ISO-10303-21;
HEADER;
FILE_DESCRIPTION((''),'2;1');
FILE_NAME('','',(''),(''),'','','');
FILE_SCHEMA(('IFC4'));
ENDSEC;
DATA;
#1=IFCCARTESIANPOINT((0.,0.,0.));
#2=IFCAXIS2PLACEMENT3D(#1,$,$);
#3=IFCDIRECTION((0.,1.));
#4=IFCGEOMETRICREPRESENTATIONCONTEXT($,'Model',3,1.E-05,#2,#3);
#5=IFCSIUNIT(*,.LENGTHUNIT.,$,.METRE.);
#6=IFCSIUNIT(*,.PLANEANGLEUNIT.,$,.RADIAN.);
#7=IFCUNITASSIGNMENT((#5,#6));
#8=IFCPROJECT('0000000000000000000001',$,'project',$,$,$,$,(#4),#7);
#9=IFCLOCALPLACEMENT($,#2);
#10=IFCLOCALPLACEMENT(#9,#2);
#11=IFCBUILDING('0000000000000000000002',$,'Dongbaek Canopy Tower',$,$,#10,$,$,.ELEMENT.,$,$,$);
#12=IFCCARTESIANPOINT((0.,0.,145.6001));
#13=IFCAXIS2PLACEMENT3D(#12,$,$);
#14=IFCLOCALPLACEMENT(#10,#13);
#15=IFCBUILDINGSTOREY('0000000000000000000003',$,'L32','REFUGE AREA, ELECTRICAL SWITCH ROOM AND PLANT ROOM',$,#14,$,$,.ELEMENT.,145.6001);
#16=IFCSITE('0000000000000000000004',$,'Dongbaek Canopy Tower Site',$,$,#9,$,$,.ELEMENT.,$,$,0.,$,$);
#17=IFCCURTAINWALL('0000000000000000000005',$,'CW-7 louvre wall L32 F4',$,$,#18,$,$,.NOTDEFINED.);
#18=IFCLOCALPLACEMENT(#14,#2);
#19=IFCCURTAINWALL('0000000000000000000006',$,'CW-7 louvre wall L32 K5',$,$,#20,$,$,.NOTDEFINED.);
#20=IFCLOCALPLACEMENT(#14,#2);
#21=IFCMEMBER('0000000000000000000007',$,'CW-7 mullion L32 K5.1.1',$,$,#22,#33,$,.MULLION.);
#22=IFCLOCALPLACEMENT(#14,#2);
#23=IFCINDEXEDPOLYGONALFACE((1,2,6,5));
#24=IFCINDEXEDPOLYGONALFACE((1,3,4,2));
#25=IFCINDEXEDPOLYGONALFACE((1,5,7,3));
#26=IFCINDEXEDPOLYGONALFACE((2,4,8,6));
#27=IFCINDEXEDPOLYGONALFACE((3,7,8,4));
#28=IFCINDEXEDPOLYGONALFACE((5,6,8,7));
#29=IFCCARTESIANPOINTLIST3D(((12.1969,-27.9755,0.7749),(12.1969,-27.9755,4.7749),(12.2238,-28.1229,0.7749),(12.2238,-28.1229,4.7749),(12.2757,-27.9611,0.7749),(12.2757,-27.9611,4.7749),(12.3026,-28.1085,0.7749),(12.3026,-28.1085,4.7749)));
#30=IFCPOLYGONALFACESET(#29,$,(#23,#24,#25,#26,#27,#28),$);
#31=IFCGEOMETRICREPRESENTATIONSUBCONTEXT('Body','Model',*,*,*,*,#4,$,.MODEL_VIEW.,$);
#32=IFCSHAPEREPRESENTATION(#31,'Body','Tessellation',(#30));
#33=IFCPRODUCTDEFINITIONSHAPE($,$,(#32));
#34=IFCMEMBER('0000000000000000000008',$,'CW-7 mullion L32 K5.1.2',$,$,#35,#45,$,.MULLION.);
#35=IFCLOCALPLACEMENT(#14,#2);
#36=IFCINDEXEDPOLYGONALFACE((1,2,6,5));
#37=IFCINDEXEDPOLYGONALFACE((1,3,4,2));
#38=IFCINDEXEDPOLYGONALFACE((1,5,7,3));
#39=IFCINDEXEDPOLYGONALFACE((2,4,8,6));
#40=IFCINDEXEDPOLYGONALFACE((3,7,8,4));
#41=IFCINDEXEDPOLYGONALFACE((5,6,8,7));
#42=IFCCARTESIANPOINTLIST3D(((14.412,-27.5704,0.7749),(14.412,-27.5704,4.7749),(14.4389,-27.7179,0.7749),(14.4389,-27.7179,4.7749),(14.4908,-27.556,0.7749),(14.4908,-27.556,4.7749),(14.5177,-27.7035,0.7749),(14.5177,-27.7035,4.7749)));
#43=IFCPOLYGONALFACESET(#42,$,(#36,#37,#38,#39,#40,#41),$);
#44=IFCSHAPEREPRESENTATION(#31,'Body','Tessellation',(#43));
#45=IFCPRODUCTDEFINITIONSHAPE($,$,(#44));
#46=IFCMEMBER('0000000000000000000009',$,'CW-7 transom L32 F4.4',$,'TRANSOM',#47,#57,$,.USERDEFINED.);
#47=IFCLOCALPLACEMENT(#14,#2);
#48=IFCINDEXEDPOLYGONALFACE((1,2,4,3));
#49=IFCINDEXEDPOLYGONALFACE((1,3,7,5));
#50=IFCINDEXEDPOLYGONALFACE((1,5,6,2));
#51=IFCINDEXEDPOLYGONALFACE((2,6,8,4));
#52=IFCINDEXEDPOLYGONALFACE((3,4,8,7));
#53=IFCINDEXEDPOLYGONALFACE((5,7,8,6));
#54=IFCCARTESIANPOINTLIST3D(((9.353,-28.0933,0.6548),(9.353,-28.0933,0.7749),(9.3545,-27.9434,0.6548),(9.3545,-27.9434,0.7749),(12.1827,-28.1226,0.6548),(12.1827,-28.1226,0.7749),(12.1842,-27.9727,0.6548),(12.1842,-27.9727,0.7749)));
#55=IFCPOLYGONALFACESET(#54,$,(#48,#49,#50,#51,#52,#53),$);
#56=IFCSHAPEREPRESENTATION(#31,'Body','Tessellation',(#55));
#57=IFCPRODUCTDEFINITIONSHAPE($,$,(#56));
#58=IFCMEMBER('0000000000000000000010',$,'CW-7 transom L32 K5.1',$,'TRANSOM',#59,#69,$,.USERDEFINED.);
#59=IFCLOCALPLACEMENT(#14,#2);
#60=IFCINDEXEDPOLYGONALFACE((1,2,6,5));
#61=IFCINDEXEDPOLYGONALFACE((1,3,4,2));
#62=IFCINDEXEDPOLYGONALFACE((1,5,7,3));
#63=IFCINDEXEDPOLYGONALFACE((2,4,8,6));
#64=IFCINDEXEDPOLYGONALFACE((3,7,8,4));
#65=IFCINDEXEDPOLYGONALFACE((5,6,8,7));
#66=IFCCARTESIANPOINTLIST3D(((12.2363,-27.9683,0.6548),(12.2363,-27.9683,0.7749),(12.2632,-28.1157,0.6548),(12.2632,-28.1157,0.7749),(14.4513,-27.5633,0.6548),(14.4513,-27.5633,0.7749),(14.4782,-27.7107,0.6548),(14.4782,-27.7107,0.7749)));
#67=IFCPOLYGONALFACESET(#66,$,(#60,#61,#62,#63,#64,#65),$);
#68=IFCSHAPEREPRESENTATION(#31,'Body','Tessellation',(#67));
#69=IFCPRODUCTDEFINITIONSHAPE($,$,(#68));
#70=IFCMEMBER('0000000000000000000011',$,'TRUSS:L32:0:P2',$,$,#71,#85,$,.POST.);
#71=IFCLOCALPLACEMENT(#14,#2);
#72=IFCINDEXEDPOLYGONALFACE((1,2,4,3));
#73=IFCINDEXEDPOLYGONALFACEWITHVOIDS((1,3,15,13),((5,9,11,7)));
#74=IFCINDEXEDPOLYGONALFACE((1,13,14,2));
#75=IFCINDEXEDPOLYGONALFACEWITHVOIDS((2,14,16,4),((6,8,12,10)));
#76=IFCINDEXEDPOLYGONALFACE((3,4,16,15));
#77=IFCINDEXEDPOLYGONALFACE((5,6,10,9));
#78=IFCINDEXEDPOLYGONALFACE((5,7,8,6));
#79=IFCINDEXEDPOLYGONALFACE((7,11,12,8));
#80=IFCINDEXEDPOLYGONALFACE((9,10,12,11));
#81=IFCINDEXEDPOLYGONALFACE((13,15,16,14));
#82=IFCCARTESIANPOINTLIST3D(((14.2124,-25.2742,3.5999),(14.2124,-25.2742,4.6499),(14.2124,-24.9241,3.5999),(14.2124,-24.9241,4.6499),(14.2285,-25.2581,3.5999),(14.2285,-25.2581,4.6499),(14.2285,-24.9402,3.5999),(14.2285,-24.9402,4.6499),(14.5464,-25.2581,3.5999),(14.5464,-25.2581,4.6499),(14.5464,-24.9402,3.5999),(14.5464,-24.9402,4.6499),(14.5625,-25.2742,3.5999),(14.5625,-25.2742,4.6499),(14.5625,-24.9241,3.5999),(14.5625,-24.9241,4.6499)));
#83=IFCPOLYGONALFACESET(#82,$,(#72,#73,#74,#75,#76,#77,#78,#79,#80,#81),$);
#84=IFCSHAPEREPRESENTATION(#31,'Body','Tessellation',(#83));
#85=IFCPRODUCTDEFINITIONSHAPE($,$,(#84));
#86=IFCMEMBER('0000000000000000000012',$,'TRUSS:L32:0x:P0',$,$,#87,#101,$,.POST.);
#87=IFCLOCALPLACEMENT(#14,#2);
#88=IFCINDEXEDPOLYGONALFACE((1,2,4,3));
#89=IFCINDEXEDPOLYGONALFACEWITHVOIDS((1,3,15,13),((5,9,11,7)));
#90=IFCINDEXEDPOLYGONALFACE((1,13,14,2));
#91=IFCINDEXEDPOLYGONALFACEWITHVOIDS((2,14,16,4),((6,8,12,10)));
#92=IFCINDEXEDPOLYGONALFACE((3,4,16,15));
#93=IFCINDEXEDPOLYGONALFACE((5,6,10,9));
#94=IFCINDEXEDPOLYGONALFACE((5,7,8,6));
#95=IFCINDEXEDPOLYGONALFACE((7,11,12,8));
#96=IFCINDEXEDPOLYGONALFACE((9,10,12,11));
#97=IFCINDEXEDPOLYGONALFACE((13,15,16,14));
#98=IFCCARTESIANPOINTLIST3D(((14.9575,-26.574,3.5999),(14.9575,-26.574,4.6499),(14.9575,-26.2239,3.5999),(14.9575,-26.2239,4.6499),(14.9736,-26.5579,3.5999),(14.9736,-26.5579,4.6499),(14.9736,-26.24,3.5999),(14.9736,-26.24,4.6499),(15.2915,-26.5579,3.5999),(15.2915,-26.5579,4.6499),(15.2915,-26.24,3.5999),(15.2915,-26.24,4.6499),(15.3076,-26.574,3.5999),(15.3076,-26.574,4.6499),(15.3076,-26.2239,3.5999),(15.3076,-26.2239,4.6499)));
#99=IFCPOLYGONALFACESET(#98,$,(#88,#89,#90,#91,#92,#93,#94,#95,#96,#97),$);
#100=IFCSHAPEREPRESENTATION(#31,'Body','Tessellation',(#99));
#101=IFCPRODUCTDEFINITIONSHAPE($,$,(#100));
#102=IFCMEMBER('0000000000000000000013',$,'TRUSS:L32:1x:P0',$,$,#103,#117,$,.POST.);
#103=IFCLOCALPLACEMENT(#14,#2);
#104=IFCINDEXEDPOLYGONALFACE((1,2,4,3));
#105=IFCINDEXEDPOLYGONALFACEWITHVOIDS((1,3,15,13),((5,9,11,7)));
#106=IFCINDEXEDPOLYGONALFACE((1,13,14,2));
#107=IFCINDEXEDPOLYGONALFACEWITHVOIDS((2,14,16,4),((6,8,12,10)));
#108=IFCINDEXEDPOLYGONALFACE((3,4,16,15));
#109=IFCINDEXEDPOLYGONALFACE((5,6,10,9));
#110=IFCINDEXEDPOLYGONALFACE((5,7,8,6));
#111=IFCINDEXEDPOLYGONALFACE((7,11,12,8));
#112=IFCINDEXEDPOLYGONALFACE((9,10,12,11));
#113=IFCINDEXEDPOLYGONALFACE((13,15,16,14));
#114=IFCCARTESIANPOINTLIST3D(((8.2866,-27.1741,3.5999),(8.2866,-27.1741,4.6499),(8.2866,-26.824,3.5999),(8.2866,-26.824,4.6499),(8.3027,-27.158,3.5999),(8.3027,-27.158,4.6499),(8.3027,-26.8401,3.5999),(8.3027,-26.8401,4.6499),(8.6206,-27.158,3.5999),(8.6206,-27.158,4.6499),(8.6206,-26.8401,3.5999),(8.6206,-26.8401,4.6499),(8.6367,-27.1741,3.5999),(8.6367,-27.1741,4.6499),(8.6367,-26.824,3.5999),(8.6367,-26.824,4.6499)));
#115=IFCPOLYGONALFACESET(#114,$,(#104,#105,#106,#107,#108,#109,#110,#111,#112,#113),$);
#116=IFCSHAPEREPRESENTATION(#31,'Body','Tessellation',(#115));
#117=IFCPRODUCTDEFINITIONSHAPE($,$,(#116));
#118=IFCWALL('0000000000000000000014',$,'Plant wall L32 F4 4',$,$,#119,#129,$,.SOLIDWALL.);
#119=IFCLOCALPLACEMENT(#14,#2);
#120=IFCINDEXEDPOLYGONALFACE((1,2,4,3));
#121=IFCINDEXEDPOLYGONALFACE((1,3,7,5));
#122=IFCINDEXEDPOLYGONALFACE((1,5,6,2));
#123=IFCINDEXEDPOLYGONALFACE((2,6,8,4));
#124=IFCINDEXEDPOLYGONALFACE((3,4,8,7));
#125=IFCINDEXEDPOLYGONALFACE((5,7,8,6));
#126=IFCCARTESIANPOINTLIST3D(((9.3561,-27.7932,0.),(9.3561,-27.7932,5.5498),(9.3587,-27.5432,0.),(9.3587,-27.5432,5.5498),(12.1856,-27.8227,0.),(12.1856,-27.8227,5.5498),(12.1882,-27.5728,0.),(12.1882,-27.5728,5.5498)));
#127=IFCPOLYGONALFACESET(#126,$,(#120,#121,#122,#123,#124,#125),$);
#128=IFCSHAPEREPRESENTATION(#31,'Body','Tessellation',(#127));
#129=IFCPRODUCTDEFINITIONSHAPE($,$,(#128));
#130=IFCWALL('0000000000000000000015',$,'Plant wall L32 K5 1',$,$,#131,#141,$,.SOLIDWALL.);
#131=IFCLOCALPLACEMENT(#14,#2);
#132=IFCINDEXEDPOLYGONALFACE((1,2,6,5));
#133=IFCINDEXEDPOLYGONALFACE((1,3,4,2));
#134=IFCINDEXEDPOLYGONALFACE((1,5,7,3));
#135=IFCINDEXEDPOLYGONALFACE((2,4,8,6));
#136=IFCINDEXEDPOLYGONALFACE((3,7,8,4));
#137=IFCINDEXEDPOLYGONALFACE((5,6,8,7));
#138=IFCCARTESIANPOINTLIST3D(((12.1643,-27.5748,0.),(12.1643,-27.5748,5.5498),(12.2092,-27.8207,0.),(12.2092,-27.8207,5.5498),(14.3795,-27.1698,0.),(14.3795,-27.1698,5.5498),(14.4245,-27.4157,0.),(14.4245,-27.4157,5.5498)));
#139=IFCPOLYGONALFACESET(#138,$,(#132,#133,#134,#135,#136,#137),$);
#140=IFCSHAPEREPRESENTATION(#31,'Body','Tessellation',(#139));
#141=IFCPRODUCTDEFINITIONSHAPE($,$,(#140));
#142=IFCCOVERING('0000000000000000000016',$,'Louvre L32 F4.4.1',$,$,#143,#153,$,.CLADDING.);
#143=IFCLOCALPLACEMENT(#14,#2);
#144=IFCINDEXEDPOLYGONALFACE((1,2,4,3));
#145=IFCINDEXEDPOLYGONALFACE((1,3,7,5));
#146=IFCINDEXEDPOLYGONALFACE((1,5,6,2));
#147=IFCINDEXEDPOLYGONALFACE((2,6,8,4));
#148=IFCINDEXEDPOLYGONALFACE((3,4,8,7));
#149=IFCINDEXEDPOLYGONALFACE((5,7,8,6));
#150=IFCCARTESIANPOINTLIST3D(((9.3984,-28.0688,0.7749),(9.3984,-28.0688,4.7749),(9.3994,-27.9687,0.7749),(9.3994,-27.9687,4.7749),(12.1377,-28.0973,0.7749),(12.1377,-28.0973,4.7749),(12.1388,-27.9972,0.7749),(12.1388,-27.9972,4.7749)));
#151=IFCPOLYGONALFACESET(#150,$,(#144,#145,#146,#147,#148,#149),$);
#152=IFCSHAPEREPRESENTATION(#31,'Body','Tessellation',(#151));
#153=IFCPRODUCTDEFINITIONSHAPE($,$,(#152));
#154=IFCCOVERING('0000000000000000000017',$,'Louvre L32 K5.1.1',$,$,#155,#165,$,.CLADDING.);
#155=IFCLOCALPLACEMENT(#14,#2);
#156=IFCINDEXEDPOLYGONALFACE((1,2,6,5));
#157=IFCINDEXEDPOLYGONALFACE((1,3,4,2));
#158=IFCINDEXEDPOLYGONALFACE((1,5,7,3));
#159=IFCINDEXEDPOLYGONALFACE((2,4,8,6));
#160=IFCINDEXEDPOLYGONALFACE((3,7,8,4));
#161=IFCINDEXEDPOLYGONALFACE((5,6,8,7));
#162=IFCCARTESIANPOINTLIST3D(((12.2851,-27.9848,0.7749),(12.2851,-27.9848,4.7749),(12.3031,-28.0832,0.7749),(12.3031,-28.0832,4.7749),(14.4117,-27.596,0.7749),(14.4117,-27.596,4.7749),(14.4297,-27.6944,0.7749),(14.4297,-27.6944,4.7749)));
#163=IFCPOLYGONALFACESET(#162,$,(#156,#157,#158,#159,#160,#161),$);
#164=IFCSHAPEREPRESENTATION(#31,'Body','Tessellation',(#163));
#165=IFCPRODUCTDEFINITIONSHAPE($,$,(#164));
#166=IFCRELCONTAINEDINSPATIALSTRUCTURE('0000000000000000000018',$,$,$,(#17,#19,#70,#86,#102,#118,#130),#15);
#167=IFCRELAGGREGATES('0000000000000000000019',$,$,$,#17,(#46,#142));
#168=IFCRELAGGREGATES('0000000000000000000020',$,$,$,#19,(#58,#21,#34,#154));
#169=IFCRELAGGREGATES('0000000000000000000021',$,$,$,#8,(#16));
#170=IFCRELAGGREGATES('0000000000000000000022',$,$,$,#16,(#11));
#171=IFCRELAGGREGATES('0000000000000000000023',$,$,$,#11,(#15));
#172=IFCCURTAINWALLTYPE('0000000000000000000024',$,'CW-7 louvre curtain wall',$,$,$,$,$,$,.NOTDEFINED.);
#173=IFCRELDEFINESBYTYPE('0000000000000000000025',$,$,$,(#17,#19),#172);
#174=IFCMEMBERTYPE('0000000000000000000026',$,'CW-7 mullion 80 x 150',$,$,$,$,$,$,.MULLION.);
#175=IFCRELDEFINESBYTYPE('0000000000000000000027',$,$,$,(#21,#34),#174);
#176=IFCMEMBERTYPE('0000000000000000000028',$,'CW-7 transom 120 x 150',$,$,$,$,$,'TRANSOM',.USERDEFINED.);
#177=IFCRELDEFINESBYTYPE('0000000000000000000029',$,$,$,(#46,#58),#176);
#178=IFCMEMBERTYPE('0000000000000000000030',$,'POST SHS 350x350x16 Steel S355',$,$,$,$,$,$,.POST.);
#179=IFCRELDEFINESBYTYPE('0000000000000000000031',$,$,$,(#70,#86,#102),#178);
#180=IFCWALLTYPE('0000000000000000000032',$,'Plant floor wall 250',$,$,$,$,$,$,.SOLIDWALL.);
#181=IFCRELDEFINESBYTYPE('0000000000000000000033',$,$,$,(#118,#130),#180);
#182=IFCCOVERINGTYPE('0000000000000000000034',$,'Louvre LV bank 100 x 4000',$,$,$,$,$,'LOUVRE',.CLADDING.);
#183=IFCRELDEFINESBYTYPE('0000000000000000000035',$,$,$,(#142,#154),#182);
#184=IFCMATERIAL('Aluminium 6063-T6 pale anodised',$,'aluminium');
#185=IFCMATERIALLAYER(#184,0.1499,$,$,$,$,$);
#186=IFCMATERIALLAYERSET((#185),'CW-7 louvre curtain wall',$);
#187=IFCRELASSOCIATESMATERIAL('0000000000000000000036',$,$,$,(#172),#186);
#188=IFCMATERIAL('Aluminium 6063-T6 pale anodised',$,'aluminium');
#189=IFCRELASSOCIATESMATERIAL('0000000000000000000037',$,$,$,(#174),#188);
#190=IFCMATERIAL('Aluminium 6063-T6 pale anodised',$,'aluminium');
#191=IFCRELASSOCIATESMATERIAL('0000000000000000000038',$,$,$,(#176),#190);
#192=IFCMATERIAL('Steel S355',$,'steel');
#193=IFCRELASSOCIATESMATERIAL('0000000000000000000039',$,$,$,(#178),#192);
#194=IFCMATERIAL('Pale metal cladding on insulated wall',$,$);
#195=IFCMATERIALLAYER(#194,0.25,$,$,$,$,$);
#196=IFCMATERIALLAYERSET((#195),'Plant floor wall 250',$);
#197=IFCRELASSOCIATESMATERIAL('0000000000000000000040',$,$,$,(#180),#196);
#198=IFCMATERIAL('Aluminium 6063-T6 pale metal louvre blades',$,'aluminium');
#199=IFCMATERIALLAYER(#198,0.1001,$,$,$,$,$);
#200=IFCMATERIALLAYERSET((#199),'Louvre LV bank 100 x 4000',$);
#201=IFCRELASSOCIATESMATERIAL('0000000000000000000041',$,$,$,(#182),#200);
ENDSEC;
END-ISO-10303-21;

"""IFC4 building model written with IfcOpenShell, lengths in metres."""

from ifc_helpers import new_model, si_unit, direction, frame, frame_2d, origin, origin_2d, place, context, subcontext, project, spatial, rectangle, hollow_rectangle, extrude, material, layer, layer_set, material_profile, profile_set, type_object, element, aggregate, save


model = new_model("IFC4")

# Units and contexts
model_context = context("Model", 3, precision=1e-05, world=origin(), true_north=direction((0.0, 1.0)))
body_context = subcontext(model_context, "Body", "Model", "MODEL_VIEW")
ifc_project = project(units=[si_unit("LENGTHUNIT", "METRE"), si_unit("PLANEANGLEUNIT", "RADIAN")], contexts=[model_context])

# Site, building, storey
site_placement = place(None, origin())
site = spatial("IfcSite", under=ifc_project, at=site_placement, Name="Dongbaek Canopy Tower Site", CompositionType="ELEMENT", RefElevation=0.0)
building_placement = place(site_placement, origin())
building = spatial("IfcBuilding", under=site, at=building_placement, Name="Dongbaek Canopy Tower", CompositionType="ELEMENT")
storey_placement = place(building_placement, frame((0.0, 0.0, 145.6001)))
storey = spatial("IfcBuildingStorey", under=building, at=storey_placement, Name="L32", Description="REFUGE AREA, ELECTRICAL SWITCH ROOM AND PLANT ROOM", CompositionType="ELEMENT", Elevation=145.6001)

# Curtain walls, members
ifc_material_1 = material(Name="Aluminium 6063-T6 pale anodised", Category="aluminium")
ifc_layer_1 = layer(ifc_material_1, 0.1499)
ifc_layer_set_1 = layer_set([ifc_layer_1], Name="CW-7 louvre curtain wall")
curtain_wall_type = type_object("IfcCurtainWallType", Name="CW-7 louvre curtain wall", PredefinedType="NOTDEFINED", material=ifc_layer_set_1)
curtain_wall_1_placement = place(storey_placement, origin())
curtain_wall_1 = element("IfcCurtainWall", 1, at=curtain_wall_1_placement, inside=storey, type_object=curtain_wall_type, Name="CW-7 louvre wall L32 F4", PredefinedType="NOTDEFINED")
ifc_material_2 = material(Name="Aluminium 6063-T6 pale anodised", Category="aluminium")
ifc_material_profile_1 = material_profile(ifc_material_2, rectangle(XDim=0.1499, YDim=0.0801, at=origin_2d()), Name="CW-7 mullion 80 x 150")
ifc_profile_set_1 = profile_set([ifc_material_profile_1], Name="Aluminium 6063-T6 pale anodised")
member_type_1 = type_object("IfcMemberType", Name="CW-7 mullion 80 x 150", PredefinedType="MULLION", material=ifc_profile_set_1)
curtain_wall_2_placement = place(storey_placement, origin())
curtain_wall_2 = element("IfcCurtainWall", 2, at=curtain_wall_2_placement, inside=storey, type_object=curtain_wall_type, Name="CW-7 louvre wall L32 K5", PredefinedType="NOTDEFINED")
member_1_placement = place(storey_placement, frame((12.2498, -28.042, 0.7749), z_axis=(0.0, 0.0, 1.0), x_axis=(0.179846, -0.983695, 0.0)))
member_1 = element("IfcMember", 3, at=member_1_placement, type_object=member_type_1, Name="CW-7 mullion L32 K5.1.1", PredefinedType="MULLION", context=body_context, shape_type="SweptSolid", body=[
    extrude(rectangle(XDim=0.1499, YDim=0.0801, at=origin_2d()), origin(), (0.0, 0.0, 1.0), 4.0),
])
member_2_placement = place(storey_placement, frame((14.4648, -27.637, 0.7749), z_axis=(0.0, 0.0, 1.0), x_axis=(0.179846, -0.983695, 0.0)))
member_2 = element("IfcMember", 4, at=member_2_placement, type_object=member_type_1, Name="CW-7 mullion L32 K5.1.2", PredefinedType="MULLION", context=body_context, shape_type="SweptSolid", body=[
    extrude(rectangle(XDim=0.1499, YDim=0.0801, at=origin_2d()), origin(), (0.0, 0.0, 1.0), 4.0),
])

# Members
ifc_material_3 = material(Name="Aluminium 6063-T6 pale anodised", Category="aluminium")
ifc_material_profile_2 = material_profile(ifc_material_3, rectangle(XDim=0.1499, YDim=0.1201, at=origin_2d()), Name="CW-7 transom 120 x 150")
ifc_profile_set_2 = profile_set([ifc_material_profile_2], Name="Aluminium 6063-T6 pale anodised")
member_type_2 = type_object("IfcMemberType", Name="CW-7 transom 120 x 150", ElementType="TRANSOM", PredefinedType="USERDEFINED", material=ifc_profile_set_2)
member_3_placement = place(storey_placement, frame((9.3538, -28.0183, 0.7148), z_axis=(0.999946, -0.010353, 0.0), x_axis=(0.010353, 0.999946, 0.0)))
member_3 = element("IfcMember", 5, at=member_3_placement, type_object=member_type_2, Name="CW-7 transom L32 F4.4", ObjectType="TRANSOM", PredefinedType="USERDEFINED", context=body_context, shape_type="SweptSolid", body=[
    extrude(rectangle(XDim=0.1499, YDim=0.1201, at=origin_2d()), origin(), (0.0, 0.0, 1.0), 2.8298),
])
member_4_placement = place(storey_placement, frame((12.2498, -28.042, 0.7148), z_axis=(0.983691, 0.179868, 0.0), x_axis=(-0.179868, 0.983691, 0.0)))
member_4 = element("IfcMember", 6, at=member_4_placement, type_object=member_type_2, Name="CW-7 transom L32 K5.1", ObjectType="TRANSOM", PredefinedType="USERDEFINED", context=body_context, shape_type="SweptSolid", body=[
    extrude(rectangle(XDim=0.1499, YDim=0.1201, at=origin_2d()), origin(), (0.0, 0.0, 1.0), 2.2517),
])

# Members
ifc_material_4 = material(Name="Steel S355", Category="steel")
ifc_material_profile_3 = material_profile(ifc_material_4, hollow_rectangle(XDim=0.3501, YDim=0.3501, WallThickness=0.0161, at=origin_2d()), Name="POST SHS 350x350x16 Steel S355")
ifc_profile_set_3 = profile_set([ifc_material_profile_3], Name="Steel S355")
member_type_3 = type_object("IfcMemberType", Name="POST SHS 350x350x16 Steel S355", PredefinedType="POST", material=ifc_profile_set_3)
for number, where, z_axis, x_axis, name in (
    (7, (14.3875, -25.0991, 3.5999), (0.0, 0.0, 1.0), (1.0, 0.0, 0.0), "TRUSS:L32:0:P2"),
    (8, (15.1326, -26.3989, 3.5999), (0.0, 0.0, 1.0), (1.0, 0.0, 0.0), "TRUSS:L32:0x:P0"),
    (9, (8.4617, -26.999, 3.5999), (0.0, 0.0, 1.0), (1.0, 0.0, 0.0), "TRUSS:L32:1x:P0"),
):
    element("IfcMember", number, at=place(storey_placement, frame(where, z_axis=z_axis, x_axis=x_axis)), inside=storey, type_object=member_type_3, Name=name, PredefinedType="POST", context=body_context, shape_type="SweptSolid", body=[
        extrude(hollow_rectangle(XDim=0.3501, YDim=0.3501, WallThickness=0.0161, at=origin_2d()), origin(), (0.0, 0.0, 1.0), 1.05),
    ])

# Walls
ifc_material_5 = material(Name="Pale metal cladding on insulated wall")
ifc_layer_2 = layer(ifc_material_5, 0.25)
ifc_layer_set_2 = layer_set([ifc_layer_2], Name="Plant floor wall 250")
wall_type = type_object("IfcWallType", Name="Plant floor wall 250", PredefinedType="SOLIDWALL", material=ifc_layer_set_2)
wall_1_placement = place(storey_placement, frame((9.3574, -27.6682, 0.0), z_axis=(0.0, 0.0, 1.0), x_axis=(0.999945, -0.01044, 0.0)))
element("IfcWall", 10, at=wall_1_placement, inside=storey, type_object=wall_type, Name="Plant wall L32 F4 4", PredefinedType="SOLIDWALL", context=body_context, shape_type="SweptSolid", body=[
    extrude(rectangle(XDim=2.8296, YDim=0.25, at=frame_2d((1.4148, 0.0))), origin(), (0.0, 0.0, 1.0), 5.5498),
])
wall_2_placement = place(storey_placement, frame((12.1868, -27.6978, 0.0), z_axis=(0.0, 0.0, 1.0), x_axis=(0.983694, 0.179849, 0.0)))
element("IfcWall", 11, at=wall_2_placement, inside=storey, type_object=wall_type, Name="Plant wall L32 K5 1", PredefinedType="SOLIDWALL", context=body_context, shape_type="SweptSolid", body=[
    extrude(rectangle(XDim=2.252, YDim=0.25, at=frame_2d((1.126, 0.0))), origin(), (0.0, 0.0, 1.0), 5.5498),
])

# Coverings
ifc_material_6 = material(Name="Aluminium 6063-T6 pale metal louvre blades", Category="aluminium")
ifc_layer_3 = layer(ifc_material_6, 0.1001)
ifc_layer_set_3 = layer_set([ifc_layer_3], Name="Louvre LV bank 100 x 4000")
covering_type = type_object("IfcCoveringType", Name="Louvre LV bank 100 x 4000", ElementType="LOUVRE", PredefinedType="CLADDING", material=ifc_layer_set_3)
covering_1_placement = place(storey_placement, frame((10.7686, -28.033, 0.7749), z_axis=(0.0, 0.0, 1.0), x_axis=(0.999946, -0.010401, 0.0)))
covering_1 = element("IfcCovering", 12, at=covering_1_placement, type_object=covering_type, Name="Louvre L32 F4.4.1", PredefinedType="CLADDING", context=body_context, shape_type="SweptSolid", body=[
    extrude(rectangle(XDim=2.7395, YDim=0.1001, at=origin_2d()), origin(), (0.0, 0.0, 1.0), 4.0),
])
covering_2_placement = place(storey_placement, frame((13.3574, -27.8396, 0.7749), z_axis=(0.0, 0.0, 1.0), x_axis=(0.983695, 0.179846, 0.0)))
covering_2 = element("IfcCovering", 13, at=covering_2_placement, type_object=covering_type, Name="Louvre L32 K5.1.1", PredefinedType="CLADDING", context=body_context, shape_type="SweptSolid", body=[
    extrude(rectangle(XDim=2.1619, YDim=0.1001, at=origin_2d()), origin(), (0.0, 0.0, 1.0), 4.0),
])

aggregate(curtain_wall_1, [member_3, covering_1])
aggregate(curtain_wall_2, [member_4, member_1, member_2, covering_2])

save(model, "model.ifc")
